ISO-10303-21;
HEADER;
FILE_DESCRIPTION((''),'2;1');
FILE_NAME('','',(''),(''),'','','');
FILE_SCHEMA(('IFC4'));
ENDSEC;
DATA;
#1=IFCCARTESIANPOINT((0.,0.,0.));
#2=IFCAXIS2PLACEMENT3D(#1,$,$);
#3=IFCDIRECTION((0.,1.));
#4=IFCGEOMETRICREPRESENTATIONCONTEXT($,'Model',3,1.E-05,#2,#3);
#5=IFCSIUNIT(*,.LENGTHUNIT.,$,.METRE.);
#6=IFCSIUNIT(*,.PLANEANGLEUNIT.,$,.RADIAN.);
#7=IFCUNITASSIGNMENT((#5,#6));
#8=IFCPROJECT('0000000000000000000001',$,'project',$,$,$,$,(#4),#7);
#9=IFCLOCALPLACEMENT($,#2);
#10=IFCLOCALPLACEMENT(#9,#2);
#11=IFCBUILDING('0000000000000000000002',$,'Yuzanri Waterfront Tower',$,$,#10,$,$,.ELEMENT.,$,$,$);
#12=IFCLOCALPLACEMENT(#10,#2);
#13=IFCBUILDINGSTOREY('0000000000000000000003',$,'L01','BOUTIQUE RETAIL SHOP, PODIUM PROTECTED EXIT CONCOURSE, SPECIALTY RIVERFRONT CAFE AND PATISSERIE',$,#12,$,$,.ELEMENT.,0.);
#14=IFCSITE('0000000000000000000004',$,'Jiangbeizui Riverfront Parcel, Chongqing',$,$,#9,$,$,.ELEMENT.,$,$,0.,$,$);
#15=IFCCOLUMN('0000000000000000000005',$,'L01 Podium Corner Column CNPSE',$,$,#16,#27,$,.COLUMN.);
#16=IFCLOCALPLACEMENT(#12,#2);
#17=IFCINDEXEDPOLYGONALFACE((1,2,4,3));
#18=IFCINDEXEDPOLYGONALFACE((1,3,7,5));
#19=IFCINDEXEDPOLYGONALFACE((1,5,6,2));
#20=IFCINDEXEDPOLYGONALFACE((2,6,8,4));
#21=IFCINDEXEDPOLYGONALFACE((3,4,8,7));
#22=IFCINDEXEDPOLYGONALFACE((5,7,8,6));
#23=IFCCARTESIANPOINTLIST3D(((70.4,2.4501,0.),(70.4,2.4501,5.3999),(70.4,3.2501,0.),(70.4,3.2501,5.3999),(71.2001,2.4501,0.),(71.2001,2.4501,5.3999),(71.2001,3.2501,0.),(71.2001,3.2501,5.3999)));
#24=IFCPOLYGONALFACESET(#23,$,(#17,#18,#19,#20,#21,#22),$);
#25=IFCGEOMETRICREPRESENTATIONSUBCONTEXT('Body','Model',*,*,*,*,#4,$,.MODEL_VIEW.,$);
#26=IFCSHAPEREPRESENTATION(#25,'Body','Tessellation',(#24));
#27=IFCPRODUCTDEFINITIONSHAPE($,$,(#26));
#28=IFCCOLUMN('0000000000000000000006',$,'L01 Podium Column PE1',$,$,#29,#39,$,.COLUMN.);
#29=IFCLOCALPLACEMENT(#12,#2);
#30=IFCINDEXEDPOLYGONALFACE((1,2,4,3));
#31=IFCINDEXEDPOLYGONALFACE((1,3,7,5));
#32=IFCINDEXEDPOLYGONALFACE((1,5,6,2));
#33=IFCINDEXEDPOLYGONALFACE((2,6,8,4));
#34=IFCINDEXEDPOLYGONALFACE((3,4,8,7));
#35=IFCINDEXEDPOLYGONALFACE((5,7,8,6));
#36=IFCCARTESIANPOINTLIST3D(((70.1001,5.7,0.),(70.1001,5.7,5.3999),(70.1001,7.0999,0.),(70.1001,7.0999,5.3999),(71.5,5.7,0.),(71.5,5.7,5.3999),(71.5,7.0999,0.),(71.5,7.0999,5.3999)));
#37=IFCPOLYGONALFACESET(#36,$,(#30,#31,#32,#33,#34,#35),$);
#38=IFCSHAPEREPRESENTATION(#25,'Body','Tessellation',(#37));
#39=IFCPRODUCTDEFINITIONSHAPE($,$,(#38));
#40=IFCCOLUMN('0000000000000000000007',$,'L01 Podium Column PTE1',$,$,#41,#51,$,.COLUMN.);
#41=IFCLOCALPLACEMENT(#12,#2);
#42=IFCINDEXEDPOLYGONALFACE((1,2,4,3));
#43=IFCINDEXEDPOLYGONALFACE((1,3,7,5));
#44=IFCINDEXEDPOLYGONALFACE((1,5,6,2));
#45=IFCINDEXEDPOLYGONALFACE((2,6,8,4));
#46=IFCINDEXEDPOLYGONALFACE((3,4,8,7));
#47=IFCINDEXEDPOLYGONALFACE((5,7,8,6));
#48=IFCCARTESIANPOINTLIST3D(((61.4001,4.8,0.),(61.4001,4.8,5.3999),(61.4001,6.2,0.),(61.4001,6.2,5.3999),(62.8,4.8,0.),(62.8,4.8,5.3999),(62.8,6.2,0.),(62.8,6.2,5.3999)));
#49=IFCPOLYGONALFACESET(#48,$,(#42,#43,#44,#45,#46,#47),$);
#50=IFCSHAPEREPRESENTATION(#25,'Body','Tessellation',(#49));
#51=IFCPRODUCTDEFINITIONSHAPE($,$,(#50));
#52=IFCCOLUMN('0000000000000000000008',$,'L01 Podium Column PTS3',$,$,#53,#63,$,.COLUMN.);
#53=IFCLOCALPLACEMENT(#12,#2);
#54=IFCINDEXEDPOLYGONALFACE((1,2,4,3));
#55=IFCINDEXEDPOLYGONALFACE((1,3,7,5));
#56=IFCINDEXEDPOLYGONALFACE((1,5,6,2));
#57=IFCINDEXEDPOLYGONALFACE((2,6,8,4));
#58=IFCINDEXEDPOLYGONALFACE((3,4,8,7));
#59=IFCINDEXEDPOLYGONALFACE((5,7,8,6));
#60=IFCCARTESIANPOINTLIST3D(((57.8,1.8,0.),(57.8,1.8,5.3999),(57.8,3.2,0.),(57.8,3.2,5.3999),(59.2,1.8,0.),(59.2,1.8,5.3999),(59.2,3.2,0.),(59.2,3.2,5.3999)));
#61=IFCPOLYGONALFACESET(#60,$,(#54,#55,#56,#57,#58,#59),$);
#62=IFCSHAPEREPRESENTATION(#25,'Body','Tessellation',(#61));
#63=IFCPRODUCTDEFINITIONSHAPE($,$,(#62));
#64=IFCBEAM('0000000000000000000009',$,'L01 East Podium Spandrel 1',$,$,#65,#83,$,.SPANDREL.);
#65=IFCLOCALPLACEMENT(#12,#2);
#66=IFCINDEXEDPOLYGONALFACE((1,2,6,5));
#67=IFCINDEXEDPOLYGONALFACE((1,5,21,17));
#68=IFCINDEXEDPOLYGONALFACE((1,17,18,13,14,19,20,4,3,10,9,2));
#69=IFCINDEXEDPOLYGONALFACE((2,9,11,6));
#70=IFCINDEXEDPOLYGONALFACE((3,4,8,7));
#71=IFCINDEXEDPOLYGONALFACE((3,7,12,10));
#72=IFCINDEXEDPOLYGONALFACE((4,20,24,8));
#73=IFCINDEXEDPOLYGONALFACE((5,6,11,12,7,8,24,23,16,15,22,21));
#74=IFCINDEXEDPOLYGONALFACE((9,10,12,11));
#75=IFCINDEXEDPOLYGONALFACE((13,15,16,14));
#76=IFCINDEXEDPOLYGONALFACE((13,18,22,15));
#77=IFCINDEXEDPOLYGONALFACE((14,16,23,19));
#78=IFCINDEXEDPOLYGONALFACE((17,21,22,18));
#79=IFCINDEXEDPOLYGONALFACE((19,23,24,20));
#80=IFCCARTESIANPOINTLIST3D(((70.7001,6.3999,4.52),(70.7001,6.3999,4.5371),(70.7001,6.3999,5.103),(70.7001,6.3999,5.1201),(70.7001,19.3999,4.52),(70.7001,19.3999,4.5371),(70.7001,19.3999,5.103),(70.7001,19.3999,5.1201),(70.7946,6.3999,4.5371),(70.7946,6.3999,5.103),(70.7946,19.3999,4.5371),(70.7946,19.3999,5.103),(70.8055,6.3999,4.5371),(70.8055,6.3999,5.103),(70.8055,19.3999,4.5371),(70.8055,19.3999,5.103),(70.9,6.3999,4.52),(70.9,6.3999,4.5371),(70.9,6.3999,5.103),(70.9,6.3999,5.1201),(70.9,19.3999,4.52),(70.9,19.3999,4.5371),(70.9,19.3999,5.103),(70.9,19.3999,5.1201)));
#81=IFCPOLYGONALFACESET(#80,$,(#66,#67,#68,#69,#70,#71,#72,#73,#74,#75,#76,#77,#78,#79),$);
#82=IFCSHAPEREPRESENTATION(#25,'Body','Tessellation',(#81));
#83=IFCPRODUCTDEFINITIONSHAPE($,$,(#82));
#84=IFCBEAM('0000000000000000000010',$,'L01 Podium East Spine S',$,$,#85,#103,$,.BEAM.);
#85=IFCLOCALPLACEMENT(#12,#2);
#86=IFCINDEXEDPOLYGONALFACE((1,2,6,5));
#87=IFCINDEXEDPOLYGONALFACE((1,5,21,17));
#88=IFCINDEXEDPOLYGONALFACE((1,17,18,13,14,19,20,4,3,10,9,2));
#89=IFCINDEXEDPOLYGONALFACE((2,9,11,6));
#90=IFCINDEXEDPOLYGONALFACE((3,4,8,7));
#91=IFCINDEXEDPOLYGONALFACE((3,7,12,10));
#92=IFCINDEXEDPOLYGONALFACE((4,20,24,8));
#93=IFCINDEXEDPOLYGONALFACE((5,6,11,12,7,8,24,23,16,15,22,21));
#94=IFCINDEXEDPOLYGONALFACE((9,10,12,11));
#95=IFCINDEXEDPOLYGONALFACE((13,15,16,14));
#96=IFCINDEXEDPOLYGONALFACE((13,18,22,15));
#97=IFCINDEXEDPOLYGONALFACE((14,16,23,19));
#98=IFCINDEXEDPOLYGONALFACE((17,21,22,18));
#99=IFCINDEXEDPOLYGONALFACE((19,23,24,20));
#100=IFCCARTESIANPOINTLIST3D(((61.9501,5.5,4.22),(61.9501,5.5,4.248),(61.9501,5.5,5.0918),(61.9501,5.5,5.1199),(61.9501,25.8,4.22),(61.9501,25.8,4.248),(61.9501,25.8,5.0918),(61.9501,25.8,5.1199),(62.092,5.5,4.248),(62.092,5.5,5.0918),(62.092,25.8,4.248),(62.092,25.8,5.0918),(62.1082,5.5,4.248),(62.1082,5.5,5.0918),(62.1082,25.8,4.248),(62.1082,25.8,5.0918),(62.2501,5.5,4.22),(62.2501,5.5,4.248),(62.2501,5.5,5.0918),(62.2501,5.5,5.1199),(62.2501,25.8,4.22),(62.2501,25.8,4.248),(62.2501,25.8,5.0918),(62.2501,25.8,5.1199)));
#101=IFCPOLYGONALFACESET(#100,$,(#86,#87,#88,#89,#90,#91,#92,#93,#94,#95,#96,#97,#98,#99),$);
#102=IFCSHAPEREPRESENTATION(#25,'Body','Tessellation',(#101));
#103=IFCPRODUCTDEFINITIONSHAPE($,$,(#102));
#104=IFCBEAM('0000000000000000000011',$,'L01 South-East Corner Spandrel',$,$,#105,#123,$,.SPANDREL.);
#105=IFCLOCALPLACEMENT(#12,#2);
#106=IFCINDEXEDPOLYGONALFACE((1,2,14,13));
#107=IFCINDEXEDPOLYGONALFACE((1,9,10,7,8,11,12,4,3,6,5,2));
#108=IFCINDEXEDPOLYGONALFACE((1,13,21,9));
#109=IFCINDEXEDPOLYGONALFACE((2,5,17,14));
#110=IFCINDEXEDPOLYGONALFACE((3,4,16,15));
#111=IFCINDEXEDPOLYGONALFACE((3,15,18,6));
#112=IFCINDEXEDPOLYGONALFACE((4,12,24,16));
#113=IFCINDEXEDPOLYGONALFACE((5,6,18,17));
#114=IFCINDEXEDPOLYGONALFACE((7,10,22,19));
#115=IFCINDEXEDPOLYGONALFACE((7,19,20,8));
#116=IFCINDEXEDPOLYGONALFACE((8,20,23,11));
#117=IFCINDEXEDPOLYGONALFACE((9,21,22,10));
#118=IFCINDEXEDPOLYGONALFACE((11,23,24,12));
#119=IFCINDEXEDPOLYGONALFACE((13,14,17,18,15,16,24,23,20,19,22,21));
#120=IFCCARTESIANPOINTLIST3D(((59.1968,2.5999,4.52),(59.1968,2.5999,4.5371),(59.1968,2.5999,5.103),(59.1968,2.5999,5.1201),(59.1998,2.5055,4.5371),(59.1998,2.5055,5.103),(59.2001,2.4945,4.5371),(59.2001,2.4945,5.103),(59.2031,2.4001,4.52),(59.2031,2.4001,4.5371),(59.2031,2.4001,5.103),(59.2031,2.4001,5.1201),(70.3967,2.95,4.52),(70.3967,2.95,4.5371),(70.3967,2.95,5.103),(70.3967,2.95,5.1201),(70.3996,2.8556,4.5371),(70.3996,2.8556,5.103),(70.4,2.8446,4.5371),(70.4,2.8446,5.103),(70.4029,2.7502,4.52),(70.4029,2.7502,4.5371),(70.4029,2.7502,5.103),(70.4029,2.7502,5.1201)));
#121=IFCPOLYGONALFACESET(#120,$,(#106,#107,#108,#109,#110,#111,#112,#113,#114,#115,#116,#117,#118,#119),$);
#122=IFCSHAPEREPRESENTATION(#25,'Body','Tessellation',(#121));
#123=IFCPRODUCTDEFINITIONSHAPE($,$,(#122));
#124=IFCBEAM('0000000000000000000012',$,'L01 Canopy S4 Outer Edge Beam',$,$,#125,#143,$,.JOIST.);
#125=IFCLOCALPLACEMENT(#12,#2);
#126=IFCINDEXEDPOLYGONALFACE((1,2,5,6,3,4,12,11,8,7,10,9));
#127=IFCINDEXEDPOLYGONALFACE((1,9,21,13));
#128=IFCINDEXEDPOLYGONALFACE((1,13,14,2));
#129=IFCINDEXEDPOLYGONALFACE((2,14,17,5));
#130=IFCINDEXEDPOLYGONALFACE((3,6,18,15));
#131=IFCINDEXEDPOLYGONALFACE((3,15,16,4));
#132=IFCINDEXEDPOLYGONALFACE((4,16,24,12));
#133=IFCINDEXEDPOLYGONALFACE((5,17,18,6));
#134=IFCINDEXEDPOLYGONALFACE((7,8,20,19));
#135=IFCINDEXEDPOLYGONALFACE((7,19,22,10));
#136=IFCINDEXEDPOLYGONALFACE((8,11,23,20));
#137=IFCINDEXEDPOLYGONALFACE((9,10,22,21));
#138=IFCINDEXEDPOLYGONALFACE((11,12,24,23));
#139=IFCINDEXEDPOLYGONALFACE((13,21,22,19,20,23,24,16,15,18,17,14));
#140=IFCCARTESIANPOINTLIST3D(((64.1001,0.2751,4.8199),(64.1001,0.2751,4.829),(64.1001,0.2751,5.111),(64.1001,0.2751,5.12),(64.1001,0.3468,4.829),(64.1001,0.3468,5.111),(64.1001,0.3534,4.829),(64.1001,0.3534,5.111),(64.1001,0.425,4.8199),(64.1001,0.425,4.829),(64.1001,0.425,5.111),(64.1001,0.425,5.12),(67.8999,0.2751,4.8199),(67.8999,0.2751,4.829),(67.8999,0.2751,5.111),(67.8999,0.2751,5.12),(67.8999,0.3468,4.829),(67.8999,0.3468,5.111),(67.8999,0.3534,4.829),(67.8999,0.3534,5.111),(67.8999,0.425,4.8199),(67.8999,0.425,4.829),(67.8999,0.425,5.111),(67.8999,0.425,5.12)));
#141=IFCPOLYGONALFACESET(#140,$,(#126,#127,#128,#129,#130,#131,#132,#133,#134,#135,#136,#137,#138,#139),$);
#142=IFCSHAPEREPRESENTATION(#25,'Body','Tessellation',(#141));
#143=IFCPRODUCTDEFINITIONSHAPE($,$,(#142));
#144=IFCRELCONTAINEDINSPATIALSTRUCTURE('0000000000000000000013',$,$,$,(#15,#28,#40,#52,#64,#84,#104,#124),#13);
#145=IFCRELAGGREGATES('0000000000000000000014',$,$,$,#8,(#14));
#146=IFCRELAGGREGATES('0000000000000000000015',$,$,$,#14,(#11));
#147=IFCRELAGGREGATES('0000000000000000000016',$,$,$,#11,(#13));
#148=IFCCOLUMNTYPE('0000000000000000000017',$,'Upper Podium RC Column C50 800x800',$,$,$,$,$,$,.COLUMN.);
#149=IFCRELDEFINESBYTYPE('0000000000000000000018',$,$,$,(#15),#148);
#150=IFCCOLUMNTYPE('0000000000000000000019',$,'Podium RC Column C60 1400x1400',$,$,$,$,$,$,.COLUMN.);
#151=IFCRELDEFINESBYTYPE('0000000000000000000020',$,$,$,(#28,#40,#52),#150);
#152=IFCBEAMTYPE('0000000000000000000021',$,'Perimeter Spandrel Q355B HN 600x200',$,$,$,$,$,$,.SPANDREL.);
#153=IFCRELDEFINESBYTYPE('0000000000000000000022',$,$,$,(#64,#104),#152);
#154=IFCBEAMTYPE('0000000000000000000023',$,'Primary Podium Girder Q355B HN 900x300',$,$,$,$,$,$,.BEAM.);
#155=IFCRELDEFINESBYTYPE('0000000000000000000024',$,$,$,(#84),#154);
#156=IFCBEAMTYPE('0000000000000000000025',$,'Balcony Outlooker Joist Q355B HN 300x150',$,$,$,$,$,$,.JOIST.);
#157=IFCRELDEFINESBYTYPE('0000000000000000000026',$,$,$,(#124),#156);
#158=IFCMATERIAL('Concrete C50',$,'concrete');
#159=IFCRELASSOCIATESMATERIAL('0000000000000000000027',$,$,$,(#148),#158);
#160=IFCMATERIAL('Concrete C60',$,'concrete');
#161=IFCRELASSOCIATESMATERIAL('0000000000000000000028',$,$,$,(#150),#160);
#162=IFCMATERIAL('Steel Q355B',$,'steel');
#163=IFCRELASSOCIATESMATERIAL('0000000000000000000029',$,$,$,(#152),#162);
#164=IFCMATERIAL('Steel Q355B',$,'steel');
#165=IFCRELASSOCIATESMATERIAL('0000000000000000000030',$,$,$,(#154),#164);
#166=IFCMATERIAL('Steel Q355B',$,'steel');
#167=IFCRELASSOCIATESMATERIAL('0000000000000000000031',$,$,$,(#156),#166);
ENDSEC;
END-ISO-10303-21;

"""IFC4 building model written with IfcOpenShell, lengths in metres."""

from ifc_helpers import new_model, si_unit, direction, frame, origin, origin_2d, place, context, subcontext, project, spatial, rectangle, i_section, extrude, source, transform, mapped, material, material_profile, profile_set, type_object, element, save


model = new_model("IFC4")

# Units and contexts
model_context = context("Model", 3, precision=1e-05, world=origin(), true_north=direction((0.0, 1.0)))
body_context = subcontext(model_context, "Body", "Model", "MODEL_VIEW")
ifc_project = project(units=[si_unit("LENGTHUNIT", "METRE"), si_unit("PLANEANGLEUNIT", "RADIAN")], contexts=[model_context])

# Site, building, storey
site_placement = place(None, origin())
site = spatial("IfcSite", under=ifc_project, at=site_placement, Name="Jiangbeizui Riverfront Parcel, Chongqing", CompositionType="ELEMENT", RefElevation=0.0)
building_placement = place(site_placement, origin())
building = spatial("IfcBuilding", under=site, at=building_placement, Name="Yuzanri Waterfront Tower", CompositionType="ELEMENT")
storey_placement = place(building_placement, origin())
storey = spatial("IfcBuildingStorey", under=building, at=storey_placement, Name="L01", Description="BOUTIQUE RETAIL SHOP, PODIUM PROTECTED EXIT CONCOURSE, SPECIALTY RIVERFRONT CAFE AND PATISSERIE", CompositionType="ELEMENT", Elevation=0.0)

# Columns
ifc_material_1 = material(Name="Concrete C50", Category="concrete")
ifc_material_profile_1 = material_profile(ifc_material_1, rectangle(XDim=0.8, YDim=0.8, at=origin_2d()), Name="RC 800x800")
ifc_profile_set_1 = profile_set([ifc_material_profile_1], Name="Concrete C50")
column_type_1 = type_object("IfcColumnType", Name="Upper Podium RC Column C50 800x800", PredefinedType="COLUMN", material=ifc_profile_set_1)
shared_shape_1 = source(origin(), body_context, "Body", "SweptSolid", [
    extrude(rectangle(XDim=0.8, YDim=0.8, at=origin_2d()), origin(), (0.0, 0.0, 1.0), 5.3999),
])
column_placement = place(storey_placement, frame((70.8, 2.8501, 0.0), z_axis=(0.0, 0.0, 1.0), x_axis=(1.0, 0.0, 0.0)))
element("IfcColumn", 1, at=column_placement, inside=storey, type_object=column_type_1, Name="L01 Podium Corner Column CNPSE", PredefinedType="COLUMN", context=body_context, shape_type="MappedRepresentation", body=[
    mapped(shared_shape_1, transform((0.0, 0.0, 0.0), scale=1.0)),
])
ifc_material_2 = material(Name="Concrete C60", Category="concrete")
ifc_material_profile_2 = material_profile(ifc_material_2, rectangle(XDim=1.3999, YDim=1.3999, at=origin_2d()), Name="RC 1400x1400")
ifc_profile_set_2 = profile_set([ifc_material_profile_2], Name="Concrete C60")
column_type_2 = type_object("IfcColumnType", Name="Podium RC Column C60 1400x1400", PredefinedType="COLUMN", material=ifc_profile_set_2)
shared_shape_2 = source(origin(), body_context, "Body", "SweptSolid", [
    extrude(rectangle(XDim=1.3999, YDim=1.3999, at=origin_2d()), origin(), (0.0, 0.0, 1.0), 5.3999),
])
for number, where, z_axis, x_axis, name in (
    (2, (70.8, 6.3999, 0.0), (0.0, 0.0, 1.0), (1.0, 0.0, 0.0), "L01 Podium Column PE1"),
    (3, (62.1001, 5.5, 0.0), (0.0, 0.0, 1.0), (1.0, 0.0, 0.0), "L01 Podium Column PTE1"),
    (4, (58.5, 2.5, 0.0), (0.0, 0.0, 1.0), (1.0, 0.0, 0.0), "L01 Podium Column PTS3"),
):
    element("IfcColumn", number, at=place(storey_placement, frame(where, z_axis=z_axis, x_axis=x_axis)), inside=storey, type_object=column_type_2, Name=name, PredefinedType="COLUMN", context=body_context, shape_type="MappedRepresentation", body=[
        mapped(shared_shape_2, transform((0.0, 0.0, 0.0), scale=1.0)),
    ])

# Beams
ifc_material_3 = material(Name="Steel Q355B", Category="steel")
ifc_material_profile_3 = material_profile(ifc_material_3, i_section(OverallWidth=0.2, OverallDepth=0.6001, WebThickness=0.011, FlangeThickness=0.0171, at=origin_2d()), Name="HN 600x200x11x17")
ifc_profile_set_3 = profile_set([ifc_material_profile_3], Name="Steel Q355B")
beam_type_1 = type_object("IfcBeamType", Name="Perimeter Spandrel Q355B HN 600x200", PredefinedType="SPANDREL", material=ifc_profile_set_3)
shared_shape_3 = source(origin(), body_context, "Body", "SweptSolid", [
    extrude(i_section(OverallWidth=0.2, OverallDepth=0.6001, WebThickness=0.011, FlangeThickness=0.0171, at=origin_2d()), origin(), (0.0, 0.0, 1.0), 13.0),
])
beam_1_placement = place(storey_placement, frame((70.8, 6.3999, 4.8201), z_axis=(0.0, 1.0, 0.0), x_axis=(-1.0, 0.0, 0.0)))
element("IfcBeam", 5, at=beam_1_placement, inside=storey, type_object=beam_type_1, Name="L01 East Podium Spandrel 1", PredefinedType="SPANDREL", context=body_context, shape_type="MappedRepresentation", body=[
    mapped(shared_shape_3, transform((0.0, 0.0, 0.0), scale=1.0)),
])
ifc_material_4 = material(Name="Steel Q355B", Category="steel")
ifc_material_profile_4 = material_profile(ifc_material_4, i_section(OverallWidth=0.3, OverallDepth=0.8999, WebThickness=0.0161, FlangeThickness=0.0281, at=origin_2d()), Name="HN 900x300x16x28")
ifc_profile_set_4 = profile_set([ifc_material_profile_4], Name="Steel Q355B")
beam_type_2 = type_object("IfcBeamType", Name="Primary Podium Girder Q355B HN 900x300", PredefinedType="BEAM", material=ifc_profile_set_4)
shared_shape_4 = source(origin(), body_context, "Body", "SweptSolid", [
    extrude(i_section(OverallWidth=0.3, OverallDepth=0.8999, WebThickness=0.0161, FlangeThickness=0.0281, at=origin_2d()), origin(), (0.0, 0.0, 1.0), 20.3),
])
beam_2_placement = place(storey_placement, frame((62.1001, 5.5, 4.6699), z_axis=(0.0, 1.0, 0.0), x_axis=(-1.0, 0.0, 0.0)))
element("IfcBeam", 6, at=beam_2_placement, inside=storey, type_object=beam_type_2, Name="L01 Podium East Spine S", PredefinedType="BEAM", context=body_context, shape_type="MappedRepresentation", body=[
    mapped(shared_shape_4, transform((0.0, 0.0, 0.0), scale=1.0)),
])
shared_shape_5 = source(origin(), body_context, "Body", "SweptSolid", [
    extrude(i_section(OverallWidth=0.2, OverallDepth=0.6001, WebThickness=0.011, FlangeThickness=0.0171, at=origin_2d()), origin(), (0.0, 0.0, 1.0), 11.2053),
])
beam_3_placement = place(storey_placement, frame((59.2, 2.5, 4.8201), z_axis=(0.999512, 0.031244, 0.0), x_axis=(-0.031244, 0.999512, 0.0)))
element("IfcBeam", 7, at=beam_3_placement, inside=storey, type_object=beam_type_1, Name="L01 South-East Corner Spandrel", PredefinedType="SPANDREL", context=body_context, shape_type="MappedRepresentation", body=[
    mapped(shared_shape_5, transform((0.0, 0.0, 0.0), scale=1.0)),
])
ifc_material_5 = material(Name="Steel Q355B", Category="steel")
ifc_material_profile_5 = material_profile(ifc_material_5, i_section(OverallWidth=0.1499, OverallDepth=0.3, WebThickness=0.0066, FlangeThickness=0.009, at=origin_2d()), Name="HN 300x150x6.5x9")
ifc_profile_set_5 = profile_set([ifc_material_profile_5], Name="Steel Q355B")
beam_type_3 = type_object("IfcBeamType", Name="Balcony Outlooker Joist Q355B HN 300x150", PredefinedType="JOIST", material=ifc_profile_set_5)
shared_shape_6 = source(origin(), body_context, "Body", "SweptSolid", [
    extrude(i_section(OverallWidth=0.1499, OverallDepth=0.3, WebThickness=0.0066, FlangeThickness=0.009, at=origin_2d()), origin(), (0.0, 0.0, 1.0), 3.7998),
])
beam_4_placement = place(storey_placement, frame((64.1001, 0.3501, 4.97), z_axis=(1.0, 0.0, 0.0), x_axis=(0.0, 1.0, 0.0)))
element("IfcBeam", 8, at=beam_4_placement, inside=storey, type_object=beam_type_3, Name="L01 Canopy S4 Outer Edge Beam", PredefinedType="JOIST", context=body_context, shape_type="MappedRepresentation", body=[
    mapped(shared_shape_6, transform((0.0, 0.0, 0.0), scale=1.0)),
])

save(model, "model.ifc")
